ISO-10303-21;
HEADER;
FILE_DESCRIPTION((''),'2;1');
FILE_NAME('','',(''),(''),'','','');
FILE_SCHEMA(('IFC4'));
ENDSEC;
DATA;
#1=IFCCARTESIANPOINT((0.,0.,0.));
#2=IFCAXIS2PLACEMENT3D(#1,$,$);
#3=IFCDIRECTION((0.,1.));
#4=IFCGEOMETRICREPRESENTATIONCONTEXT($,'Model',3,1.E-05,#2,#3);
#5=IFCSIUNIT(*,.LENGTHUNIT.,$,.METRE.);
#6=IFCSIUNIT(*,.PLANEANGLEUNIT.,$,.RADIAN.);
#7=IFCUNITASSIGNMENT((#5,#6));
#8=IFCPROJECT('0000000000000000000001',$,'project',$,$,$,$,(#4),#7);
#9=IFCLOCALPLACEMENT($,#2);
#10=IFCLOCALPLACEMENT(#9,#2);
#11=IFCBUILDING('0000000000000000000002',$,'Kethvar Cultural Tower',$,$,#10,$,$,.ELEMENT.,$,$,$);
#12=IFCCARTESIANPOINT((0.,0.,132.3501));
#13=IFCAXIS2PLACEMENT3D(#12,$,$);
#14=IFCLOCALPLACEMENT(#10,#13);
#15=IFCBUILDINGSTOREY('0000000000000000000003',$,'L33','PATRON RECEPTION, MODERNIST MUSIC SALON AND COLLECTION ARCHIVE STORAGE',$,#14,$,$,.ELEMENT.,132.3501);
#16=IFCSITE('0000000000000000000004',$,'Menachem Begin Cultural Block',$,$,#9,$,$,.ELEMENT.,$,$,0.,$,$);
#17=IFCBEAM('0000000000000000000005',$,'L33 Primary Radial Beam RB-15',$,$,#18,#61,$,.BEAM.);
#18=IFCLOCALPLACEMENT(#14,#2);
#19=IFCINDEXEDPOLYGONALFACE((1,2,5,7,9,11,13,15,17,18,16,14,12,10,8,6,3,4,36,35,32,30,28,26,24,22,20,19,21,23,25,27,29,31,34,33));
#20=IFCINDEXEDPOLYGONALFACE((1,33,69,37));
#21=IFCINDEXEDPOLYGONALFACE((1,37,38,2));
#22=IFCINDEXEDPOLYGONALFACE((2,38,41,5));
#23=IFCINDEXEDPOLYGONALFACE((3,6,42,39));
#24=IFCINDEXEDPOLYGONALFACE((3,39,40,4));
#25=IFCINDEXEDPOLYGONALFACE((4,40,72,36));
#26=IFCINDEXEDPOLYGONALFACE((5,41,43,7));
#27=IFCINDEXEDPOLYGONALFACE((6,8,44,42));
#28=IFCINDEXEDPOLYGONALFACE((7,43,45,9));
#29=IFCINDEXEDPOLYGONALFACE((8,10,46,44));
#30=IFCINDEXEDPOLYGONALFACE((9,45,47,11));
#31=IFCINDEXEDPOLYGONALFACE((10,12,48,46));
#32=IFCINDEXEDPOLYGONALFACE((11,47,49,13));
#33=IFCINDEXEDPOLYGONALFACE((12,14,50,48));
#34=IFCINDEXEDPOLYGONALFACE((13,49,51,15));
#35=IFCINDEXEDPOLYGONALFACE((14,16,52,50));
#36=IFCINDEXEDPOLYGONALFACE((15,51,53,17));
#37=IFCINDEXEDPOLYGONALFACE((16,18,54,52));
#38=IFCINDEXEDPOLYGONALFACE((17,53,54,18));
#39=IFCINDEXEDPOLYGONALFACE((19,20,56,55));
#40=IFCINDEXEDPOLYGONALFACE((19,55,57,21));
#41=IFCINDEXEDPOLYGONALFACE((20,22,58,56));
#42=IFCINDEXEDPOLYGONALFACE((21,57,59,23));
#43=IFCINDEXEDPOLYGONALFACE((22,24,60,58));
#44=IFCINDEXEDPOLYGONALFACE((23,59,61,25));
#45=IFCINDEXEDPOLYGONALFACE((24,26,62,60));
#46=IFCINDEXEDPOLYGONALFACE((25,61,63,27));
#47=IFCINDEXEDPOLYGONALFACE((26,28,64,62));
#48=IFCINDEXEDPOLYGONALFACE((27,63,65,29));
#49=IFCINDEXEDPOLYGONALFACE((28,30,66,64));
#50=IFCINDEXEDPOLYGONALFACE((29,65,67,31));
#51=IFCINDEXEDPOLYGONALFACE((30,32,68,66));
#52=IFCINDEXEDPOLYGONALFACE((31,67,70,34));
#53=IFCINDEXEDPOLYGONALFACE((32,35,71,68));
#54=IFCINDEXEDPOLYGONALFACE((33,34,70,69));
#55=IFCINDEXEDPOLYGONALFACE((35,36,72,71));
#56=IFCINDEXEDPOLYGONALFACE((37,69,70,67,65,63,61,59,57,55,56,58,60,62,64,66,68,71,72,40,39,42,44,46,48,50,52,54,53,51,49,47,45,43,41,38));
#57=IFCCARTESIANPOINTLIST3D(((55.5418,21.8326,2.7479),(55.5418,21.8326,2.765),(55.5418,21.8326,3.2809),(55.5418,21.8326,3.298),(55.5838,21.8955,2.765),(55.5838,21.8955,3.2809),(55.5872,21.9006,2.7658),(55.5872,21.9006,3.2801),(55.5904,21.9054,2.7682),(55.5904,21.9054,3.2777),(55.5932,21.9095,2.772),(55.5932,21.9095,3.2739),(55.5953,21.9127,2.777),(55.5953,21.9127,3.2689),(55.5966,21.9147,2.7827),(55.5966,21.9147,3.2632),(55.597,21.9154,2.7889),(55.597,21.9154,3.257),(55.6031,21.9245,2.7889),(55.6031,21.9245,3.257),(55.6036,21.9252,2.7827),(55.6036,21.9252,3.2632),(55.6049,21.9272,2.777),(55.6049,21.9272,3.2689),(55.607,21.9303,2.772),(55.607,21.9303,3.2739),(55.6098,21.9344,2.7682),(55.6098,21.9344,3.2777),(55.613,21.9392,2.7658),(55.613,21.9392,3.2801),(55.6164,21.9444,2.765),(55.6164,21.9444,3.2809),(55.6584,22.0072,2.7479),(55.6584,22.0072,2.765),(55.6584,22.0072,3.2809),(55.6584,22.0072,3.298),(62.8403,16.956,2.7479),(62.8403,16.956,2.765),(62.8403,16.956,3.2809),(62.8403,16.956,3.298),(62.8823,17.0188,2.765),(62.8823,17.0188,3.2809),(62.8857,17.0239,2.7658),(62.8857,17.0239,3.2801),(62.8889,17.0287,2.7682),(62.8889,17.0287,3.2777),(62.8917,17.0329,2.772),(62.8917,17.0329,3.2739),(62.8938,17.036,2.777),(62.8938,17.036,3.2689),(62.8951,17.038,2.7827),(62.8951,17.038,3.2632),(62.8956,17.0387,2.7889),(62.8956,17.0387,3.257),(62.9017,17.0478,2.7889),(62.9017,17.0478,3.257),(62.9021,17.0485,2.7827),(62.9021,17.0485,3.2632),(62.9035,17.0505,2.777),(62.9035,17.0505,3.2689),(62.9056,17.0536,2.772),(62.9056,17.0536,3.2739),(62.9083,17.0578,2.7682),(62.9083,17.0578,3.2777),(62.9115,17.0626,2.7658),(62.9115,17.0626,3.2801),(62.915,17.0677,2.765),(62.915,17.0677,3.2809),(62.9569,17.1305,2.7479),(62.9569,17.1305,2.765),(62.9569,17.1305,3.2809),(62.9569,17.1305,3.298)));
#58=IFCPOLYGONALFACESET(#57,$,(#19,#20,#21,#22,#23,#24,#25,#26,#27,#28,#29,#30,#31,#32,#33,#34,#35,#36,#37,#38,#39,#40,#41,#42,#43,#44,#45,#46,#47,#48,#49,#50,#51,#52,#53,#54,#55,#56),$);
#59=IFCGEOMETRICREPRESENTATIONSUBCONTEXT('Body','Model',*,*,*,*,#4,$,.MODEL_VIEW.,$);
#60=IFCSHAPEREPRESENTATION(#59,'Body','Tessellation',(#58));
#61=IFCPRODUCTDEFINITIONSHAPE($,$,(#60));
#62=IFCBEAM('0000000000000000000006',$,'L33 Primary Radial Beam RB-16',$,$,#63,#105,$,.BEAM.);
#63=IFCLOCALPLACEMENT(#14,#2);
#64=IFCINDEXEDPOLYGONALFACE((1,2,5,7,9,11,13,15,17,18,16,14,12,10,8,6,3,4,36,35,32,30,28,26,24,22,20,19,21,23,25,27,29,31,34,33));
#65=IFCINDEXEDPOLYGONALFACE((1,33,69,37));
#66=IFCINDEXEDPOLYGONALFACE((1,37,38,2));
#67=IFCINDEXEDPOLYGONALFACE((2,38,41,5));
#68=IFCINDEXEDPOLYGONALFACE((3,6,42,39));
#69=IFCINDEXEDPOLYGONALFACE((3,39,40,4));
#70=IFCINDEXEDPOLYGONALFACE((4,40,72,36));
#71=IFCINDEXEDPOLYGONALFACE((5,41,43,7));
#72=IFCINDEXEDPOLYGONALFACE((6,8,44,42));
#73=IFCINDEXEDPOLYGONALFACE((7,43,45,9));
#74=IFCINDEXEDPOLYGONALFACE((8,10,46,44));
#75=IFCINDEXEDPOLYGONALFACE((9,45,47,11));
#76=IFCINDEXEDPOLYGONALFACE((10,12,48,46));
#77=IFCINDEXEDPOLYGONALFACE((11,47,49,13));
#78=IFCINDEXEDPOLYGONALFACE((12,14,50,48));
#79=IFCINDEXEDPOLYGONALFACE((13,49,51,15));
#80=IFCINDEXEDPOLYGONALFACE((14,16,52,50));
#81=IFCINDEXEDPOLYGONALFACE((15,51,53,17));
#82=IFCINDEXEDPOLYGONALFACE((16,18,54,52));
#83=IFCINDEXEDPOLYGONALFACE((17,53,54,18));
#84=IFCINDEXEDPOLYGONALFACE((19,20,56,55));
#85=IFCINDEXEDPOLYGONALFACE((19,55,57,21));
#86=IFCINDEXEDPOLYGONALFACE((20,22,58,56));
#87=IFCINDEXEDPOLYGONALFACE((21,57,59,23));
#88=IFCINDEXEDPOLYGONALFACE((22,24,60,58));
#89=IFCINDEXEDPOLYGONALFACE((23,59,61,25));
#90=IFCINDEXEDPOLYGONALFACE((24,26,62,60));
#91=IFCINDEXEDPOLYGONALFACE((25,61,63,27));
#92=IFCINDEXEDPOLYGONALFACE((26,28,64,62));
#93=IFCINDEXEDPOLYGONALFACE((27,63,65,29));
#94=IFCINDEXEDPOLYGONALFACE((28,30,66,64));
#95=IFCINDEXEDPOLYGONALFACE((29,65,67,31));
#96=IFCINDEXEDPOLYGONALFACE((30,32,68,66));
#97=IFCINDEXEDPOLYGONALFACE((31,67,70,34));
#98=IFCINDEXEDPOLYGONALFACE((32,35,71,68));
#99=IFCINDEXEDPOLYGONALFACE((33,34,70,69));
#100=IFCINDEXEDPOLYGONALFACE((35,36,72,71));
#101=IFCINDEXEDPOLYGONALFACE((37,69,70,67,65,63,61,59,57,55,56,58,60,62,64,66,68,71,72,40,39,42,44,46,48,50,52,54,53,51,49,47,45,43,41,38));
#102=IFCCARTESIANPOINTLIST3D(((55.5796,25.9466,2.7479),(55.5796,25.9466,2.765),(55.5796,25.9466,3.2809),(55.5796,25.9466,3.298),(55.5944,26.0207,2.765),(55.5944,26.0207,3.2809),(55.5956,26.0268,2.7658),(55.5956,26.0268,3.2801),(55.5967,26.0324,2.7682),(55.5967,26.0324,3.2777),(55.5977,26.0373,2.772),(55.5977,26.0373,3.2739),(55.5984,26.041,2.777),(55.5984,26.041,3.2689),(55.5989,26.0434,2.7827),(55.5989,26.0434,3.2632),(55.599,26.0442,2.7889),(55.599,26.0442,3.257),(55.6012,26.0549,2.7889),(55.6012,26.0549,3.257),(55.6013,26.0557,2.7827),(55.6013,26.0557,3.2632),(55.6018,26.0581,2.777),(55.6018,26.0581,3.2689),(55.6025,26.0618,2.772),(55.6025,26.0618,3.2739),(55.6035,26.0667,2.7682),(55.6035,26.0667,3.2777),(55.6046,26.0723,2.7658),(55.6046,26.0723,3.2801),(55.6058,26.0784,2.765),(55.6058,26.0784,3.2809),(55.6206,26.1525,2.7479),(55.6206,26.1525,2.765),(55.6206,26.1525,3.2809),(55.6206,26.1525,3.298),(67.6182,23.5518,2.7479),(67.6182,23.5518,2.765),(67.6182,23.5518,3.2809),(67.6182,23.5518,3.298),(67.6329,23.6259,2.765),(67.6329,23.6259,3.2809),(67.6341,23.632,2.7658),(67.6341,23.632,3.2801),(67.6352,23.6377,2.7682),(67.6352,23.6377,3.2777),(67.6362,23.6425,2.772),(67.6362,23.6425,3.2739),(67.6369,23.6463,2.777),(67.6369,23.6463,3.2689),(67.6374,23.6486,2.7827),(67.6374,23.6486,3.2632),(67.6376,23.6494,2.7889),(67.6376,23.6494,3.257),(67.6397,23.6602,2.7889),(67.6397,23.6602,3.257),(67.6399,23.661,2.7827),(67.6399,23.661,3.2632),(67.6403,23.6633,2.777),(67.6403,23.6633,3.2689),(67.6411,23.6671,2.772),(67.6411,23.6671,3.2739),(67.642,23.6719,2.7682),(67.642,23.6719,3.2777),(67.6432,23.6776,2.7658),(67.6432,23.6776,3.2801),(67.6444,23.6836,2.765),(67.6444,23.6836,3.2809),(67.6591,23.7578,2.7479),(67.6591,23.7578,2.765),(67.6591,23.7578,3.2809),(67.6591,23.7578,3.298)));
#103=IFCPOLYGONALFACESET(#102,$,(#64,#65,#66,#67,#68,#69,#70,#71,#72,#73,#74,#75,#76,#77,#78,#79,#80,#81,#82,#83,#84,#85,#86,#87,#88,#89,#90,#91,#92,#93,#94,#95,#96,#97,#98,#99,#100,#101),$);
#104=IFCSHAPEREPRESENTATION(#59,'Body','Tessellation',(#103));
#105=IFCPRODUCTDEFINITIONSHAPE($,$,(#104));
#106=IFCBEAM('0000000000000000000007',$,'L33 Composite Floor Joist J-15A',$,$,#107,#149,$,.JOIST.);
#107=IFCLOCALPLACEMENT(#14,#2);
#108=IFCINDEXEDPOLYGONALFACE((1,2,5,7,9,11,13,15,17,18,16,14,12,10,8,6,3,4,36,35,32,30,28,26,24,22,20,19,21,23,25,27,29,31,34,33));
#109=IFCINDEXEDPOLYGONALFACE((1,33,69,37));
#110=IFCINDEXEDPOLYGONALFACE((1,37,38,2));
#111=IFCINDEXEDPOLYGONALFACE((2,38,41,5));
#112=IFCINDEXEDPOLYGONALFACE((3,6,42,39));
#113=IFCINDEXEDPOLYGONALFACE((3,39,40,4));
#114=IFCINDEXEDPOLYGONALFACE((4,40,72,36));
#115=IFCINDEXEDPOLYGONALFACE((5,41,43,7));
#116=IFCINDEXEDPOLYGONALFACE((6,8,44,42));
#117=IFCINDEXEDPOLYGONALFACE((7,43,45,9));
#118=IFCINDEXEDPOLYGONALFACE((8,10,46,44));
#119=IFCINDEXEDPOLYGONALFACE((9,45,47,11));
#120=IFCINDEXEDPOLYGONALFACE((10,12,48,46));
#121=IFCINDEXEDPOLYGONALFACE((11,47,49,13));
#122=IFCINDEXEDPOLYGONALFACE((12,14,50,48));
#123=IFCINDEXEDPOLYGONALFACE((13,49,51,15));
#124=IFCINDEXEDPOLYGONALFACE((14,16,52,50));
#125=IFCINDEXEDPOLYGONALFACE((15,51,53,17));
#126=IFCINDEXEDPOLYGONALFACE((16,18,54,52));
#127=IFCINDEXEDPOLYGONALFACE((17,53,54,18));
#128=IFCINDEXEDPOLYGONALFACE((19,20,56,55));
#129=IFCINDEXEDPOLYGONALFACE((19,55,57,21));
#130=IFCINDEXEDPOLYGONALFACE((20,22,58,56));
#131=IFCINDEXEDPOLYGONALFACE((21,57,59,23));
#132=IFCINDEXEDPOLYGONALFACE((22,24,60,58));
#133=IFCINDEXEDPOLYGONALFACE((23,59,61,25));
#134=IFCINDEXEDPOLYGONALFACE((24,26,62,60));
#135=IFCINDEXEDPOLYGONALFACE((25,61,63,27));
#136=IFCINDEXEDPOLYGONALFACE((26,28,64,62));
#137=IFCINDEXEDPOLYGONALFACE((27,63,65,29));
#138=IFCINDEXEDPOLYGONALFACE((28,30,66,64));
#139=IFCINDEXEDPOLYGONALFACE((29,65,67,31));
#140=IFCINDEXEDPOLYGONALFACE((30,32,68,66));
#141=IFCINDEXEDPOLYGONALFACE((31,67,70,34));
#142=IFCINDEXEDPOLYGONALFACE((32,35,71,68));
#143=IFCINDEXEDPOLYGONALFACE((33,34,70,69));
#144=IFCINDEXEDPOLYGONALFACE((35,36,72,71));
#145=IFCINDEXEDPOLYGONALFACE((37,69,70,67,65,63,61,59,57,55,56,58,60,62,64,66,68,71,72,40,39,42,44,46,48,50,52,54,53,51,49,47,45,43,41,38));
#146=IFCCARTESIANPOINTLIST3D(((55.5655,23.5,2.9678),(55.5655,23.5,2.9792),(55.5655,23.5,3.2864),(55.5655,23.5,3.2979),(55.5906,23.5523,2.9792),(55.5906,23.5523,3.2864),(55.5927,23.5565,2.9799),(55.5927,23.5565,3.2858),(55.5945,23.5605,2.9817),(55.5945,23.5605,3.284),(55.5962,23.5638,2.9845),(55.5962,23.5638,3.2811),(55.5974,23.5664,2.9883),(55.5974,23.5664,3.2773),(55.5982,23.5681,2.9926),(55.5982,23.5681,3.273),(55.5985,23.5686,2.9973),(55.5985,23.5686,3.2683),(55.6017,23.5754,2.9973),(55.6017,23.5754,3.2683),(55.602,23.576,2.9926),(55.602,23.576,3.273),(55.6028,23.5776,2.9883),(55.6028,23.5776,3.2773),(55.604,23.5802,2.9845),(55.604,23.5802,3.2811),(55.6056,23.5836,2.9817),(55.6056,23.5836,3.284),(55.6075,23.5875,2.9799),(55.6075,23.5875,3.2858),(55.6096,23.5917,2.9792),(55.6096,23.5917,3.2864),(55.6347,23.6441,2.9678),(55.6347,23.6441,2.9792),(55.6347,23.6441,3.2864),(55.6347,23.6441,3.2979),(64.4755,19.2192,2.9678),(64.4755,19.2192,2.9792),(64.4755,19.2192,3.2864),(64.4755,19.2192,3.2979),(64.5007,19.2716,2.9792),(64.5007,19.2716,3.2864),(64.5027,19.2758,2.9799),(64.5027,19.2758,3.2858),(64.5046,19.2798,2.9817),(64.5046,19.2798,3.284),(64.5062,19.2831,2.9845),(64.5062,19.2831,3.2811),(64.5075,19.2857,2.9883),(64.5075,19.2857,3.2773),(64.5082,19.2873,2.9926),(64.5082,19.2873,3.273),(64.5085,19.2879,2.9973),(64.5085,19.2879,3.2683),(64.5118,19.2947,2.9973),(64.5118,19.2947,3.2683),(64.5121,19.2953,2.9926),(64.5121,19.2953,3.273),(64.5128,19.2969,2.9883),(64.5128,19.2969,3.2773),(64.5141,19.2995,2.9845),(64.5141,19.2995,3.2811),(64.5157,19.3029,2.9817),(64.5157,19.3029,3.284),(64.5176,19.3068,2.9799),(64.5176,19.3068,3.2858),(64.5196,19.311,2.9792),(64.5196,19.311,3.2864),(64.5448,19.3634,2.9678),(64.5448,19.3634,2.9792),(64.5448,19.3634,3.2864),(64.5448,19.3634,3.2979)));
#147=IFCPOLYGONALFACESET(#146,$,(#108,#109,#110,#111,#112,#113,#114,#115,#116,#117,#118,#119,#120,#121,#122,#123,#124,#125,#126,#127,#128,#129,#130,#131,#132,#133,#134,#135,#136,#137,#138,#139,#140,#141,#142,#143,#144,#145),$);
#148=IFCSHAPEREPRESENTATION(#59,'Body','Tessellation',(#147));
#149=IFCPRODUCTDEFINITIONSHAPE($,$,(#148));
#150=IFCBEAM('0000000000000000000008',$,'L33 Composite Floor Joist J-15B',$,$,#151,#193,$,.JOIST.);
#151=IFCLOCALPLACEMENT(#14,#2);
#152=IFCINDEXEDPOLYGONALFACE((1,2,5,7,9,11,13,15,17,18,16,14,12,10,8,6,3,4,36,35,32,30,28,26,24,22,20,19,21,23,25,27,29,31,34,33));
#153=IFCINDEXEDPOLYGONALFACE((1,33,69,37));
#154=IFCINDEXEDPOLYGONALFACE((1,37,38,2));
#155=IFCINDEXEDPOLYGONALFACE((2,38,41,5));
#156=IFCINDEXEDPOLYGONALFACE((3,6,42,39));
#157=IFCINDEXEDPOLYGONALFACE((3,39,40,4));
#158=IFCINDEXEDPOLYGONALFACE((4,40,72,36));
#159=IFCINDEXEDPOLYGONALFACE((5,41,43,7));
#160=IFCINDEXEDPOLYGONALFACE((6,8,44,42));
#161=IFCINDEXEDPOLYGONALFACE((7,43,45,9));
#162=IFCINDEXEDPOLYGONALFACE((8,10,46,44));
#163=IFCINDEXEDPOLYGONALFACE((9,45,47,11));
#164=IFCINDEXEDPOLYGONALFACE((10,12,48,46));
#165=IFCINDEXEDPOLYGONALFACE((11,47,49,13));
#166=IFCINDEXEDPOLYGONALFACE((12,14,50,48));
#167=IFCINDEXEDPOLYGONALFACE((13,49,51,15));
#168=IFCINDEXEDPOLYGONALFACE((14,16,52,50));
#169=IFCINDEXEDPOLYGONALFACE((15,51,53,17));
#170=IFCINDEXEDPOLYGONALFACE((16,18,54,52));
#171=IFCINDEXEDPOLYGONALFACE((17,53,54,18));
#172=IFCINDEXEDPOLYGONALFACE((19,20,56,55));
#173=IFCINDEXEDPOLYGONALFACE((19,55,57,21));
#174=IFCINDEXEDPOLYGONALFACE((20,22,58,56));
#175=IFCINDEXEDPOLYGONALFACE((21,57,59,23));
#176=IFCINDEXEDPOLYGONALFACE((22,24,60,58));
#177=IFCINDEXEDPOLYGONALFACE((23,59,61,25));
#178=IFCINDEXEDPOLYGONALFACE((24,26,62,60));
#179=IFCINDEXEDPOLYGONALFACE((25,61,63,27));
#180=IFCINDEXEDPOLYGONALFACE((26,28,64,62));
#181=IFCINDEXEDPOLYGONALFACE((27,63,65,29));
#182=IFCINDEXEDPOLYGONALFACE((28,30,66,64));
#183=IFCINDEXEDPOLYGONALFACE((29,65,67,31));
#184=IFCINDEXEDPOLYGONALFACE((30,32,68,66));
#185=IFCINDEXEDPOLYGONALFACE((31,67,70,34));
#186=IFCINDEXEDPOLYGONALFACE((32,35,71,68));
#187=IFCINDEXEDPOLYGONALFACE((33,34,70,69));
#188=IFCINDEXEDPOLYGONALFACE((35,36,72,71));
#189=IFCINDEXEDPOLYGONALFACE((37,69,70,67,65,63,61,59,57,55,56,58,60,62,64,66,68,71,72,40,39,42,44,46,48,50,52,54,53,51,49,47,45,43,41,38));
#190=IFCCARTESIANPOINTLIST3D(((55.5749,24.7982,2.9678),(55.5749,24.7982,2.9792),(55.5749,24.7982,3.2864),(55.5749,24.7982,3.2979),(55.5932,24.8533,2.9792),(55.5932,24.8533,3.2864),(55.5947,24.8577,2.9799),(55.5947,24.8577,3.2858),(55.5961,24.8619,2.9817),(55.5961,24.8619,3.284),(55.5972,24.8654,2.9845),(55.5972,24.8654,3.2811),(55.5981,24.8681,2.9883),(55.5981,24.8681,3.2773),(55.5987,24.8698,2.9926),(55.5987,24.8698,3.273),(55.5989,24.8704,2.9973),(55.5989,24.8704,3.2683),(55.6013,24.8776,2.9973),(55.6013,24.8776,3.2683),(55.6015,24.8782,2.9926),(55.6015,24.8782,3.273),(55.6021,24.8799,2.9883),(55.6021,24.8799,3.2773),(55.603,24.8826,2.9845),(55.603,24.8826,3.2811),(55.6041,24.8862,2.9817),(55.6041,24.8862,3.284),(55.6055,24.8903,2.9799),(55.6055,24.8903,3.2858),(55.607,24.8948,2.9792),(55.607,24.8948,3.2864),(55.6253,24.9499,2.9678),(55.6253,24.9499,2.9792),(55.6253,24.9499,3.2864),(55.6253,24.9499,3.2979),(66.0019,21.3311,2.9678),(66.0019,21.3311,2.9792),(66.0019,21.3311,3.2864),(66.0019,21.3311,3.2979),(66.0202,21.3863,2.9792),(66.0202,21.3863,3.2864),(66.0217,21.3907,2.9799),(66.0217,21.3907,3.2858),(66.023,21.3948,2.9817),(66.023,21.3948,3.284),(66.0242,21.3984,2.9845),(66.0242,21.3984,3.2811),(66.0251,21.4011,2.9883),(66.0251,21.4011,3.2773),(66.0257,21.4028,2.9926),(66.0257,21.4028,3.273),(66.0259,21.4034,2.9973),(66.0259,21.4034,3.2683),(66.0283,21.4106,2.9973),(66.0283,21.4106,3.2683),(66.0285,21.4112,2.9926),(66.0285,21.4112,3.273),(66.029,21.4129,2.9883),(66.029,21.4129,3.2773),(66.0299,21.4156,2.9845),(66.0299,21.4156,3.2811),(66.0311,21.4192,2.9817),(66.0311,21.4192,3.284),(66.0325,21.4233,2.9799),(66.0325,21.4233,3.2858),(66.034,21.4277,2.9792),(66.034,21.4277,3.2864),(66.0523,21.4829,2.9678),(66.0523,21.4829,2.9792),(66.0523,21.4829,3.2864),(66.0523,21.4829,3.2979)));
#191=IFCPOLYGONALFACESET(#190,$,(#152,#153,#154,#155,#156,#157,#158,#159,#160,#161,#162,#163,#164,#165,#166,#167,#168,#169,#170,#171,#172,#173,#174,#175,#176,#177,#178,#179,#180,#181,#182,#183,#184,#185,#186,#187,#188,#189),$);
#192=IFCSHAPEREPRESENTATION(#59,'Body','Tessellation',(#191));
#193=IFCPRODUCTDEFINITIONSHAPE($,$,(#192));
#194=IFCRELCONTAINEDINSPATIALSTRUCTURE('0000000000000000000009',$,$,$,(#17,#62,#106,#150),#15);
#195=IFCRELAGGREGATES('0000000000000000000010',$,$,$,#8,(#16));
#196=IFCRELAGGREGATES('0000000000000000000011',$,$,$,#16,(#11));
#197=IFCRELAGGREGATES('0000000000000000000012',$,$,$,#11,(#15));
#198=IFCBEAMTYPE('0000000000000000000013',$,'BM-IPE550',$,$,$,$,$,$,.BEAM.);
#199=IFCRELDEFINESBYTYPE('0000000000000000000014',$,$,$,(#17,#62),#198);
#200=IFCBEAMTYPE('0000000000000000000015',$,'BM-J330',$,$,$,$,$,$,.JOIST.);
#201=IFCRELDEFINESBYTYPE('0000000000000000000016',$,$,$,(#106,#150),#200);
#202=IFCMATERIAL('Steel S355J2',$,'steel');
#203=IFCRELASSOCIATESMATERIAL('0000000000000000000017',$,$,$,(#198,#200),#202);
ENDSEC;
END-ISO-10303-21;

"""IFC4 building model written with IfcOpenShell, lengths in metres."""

from ifc_helpers import new_model, si_unit, direction, frame, origin, origin_2d, place, context, subcontext, project, spatial, i_section, extrude, source, transform, mapped, material, material_profile, profile_set, type_object, element, save


model = new_model("IFC4")

# Units and contexts
model_context = context("Model", 3, precision=1e-05, world=origin(), true_north=direction((0.0, 1.0)))
body_context = subcontext(model_context, "Body", "Model", "MODEL_VIEW")
ifc_project = project(units=[si_unit("LENGTHUNIT", "METRE"), si_unit("PLANEANGLEUNIT", "RADIAN")], contexts=[model_context])

# Site, building, storey
site_placement = place(None, origin())
site = spatial("IfcSite", under=ifc_project, at=site_placement, Name="Menachem Begin Cultural Block", CompositionType="ELEMENT", RefElevation=0.0)
building_placement = place(site_placement, origin())
building = spatial("IfcBuilding", under=site, at=building_placement, Name="Kethvar Cultural Tower", CompositionType="ELEMENT")
storey_placement = place(building_placement, frame((0.0, 0.0, 132.3501)))
storey = spatial("IfcBuildingStorey", under=building, at=storey_placement, Name="L33", Description="PATRON RECEPTION, MODERNIST MUSIC SALON AND COLLECTION ARCHIVE STORAGE", CompositionType="ELEMENT", Elevation=132.3501)

# Beams
ifc_material_1 = material(Name="Steel S355J2", Category="steel")
ifc_material_profile_1 = material_profile(ifc_material_1, i_section(OverallWidth=0.21, OverallDepth=0.55, WebThickness=0.011, FlangeThickness=0.0171, FilletRadius=0.0239, at=origin_2d()), Name="Steel S355J2 — IPE550")
ifc_profile_set_1 = profile_set([ifc_material_profile_1], Name="Steel S355J2 — IPE550")
beam_type_1 = type_object("IfcBeamType", Name="BM-IPE550", PredefinedType="BEAM", material=ifc_profile_set_1)
shared_shape_1 = source(origin(), body_context, "Body", "SweptSolid", [
    extrude(i_section(OverallWidth=0.21, OverallDepth=0.55, WebThickness=0.011, FlangeThickness=0.0171, FilletRadius=0.0239, at=origin_2d()), origin(), (0.0, 0.0, 1.0), 8.7778),
])
beam_1_placement = place(storey_placement, frame((55.6001, 21.9199, 3.0229), z_axis=(0.831472, -0.555566, 0.0), x_axis=(0.555566, 0.831472, 0.0)))
element("IfcBeam", 1, at=beam_1_placement, inside=storey, type_object=beam_type_1, Name="L33 Primary Radial Beam RB-15", PredefinedType="BEAM", context=body_context, shape_type="MappedRepresentation", body=[
    mapped(shared_shape_1, transform((0.0, 0.0, 0.0), scale=1.0)),
])
shared_shape_2 = source(origin(), body_context, "Body", "SweptSolid", [
    extrude(i_section(OverallWidth=0.21, OverallDepth=0.55, WebThickness=0.011, FlangeThickness=0.0171, FilletRadius=0.0239, at=origin_2d()), origin(), (0.0, 0.0, 1.0), 12.2744),
])
beam_2_placement = place(storey_placement, frame((55.6001, 26.0496, 3.0229), z_axis=(0.980783, -0.195102, 0.0), x_axis=(0.195102, 0.980783, 0.0)))
element("IfcBeam", 2, at=beam_2_placement, inside=storey, type_object=beam_type_1, Name="L33 Primary Radial Beam RB-16", PredefinedType="BEAM", context=body_context, shape_type="MappedRepresentation", body=[
    mapped(shared_shape_2, transform((0.0, 0.0, 0.0), scale=1.0)),
])
ifc_material_profile_2 = material_profile(ifc_material_1, i_section(OverallWidth=0.1599, OverallDepth=0.3301, WebThickness=0.0076, FlangeThickness=0.0115, FilletRadius=0.0181, at=origin_2d()), Name="Steel S355J2 — IPE330")
ifc_profile_set_2 = profile_set([ifc_material_profile_2], Name="Steel S355J2 — IPE330")
beam_type_2 = type_object("IfcBeamType", Name="BM-J330", PredefinedType="JOIST", material=ifc_profile_set_2)
shared_shape_3 = source(origin(), body_context, "Body", "SweptSolid", [
    extrude(i_section(OverallWidth=0.1599, OverallDepth=0.3301, WebThickness=0.0076, FlangeThickness=0.0115, FilletRadius=0.0181, at=origin_2d()), origin(), (0.0, 0.0, 1.0), 9.885),
])
beam_3_placement = place(storey_placement, frame((55.6001, 23.572, 3.1328), z_axis=(0.90137, -0.433051, 0.0), x_axis=(0.433051, 0.90137, 0.0)))
element("IfcBeam", 3, at=beam_3_placement, inside=storey, type_object=beam_type_2, Name="L33 Composite Floor Joist J-15A", PredefinedType="JOIST", context=body_context, shape_type="MappedRepresentation", body=[
    mapped(shared_shape_3, transform((0.0, 0.0, 0.0), scale=1.0)),
])
shared_shape_4 = source(origin(), body_context, "Body", "SweptSolid", [
    extrude(i_section(OverallWidth=0.1599, OverallDepth=0.3301, WebThickness=0.0076, FlangeThickness=0.0115, FilletRadius=0.0181, at=origin_2d()), origin(), (0.0, 0.0, 1.0), 10.9883),
])
beam_4_placement = place(storey_placement, frame((55.6001, 24.874, 3.1328), z_axis=(0.948919, -0.315521, 0.0), x_axis=(0.315521, 0.948919, 0.0)))
element("IfcBeam", 4, at=beam_4_placement, inside=storey, type_object=beam_type_2, Name="L33 Composite Floor Joist J-15B", PredefinedType="JOIST", context=body_context, shape_type="MappedRepresentation", body=[
    mapped(shared_shape_4, transform((0.0, 0.0, 0.0), scale=1.0)),
])

save(model, "model.ifc")
